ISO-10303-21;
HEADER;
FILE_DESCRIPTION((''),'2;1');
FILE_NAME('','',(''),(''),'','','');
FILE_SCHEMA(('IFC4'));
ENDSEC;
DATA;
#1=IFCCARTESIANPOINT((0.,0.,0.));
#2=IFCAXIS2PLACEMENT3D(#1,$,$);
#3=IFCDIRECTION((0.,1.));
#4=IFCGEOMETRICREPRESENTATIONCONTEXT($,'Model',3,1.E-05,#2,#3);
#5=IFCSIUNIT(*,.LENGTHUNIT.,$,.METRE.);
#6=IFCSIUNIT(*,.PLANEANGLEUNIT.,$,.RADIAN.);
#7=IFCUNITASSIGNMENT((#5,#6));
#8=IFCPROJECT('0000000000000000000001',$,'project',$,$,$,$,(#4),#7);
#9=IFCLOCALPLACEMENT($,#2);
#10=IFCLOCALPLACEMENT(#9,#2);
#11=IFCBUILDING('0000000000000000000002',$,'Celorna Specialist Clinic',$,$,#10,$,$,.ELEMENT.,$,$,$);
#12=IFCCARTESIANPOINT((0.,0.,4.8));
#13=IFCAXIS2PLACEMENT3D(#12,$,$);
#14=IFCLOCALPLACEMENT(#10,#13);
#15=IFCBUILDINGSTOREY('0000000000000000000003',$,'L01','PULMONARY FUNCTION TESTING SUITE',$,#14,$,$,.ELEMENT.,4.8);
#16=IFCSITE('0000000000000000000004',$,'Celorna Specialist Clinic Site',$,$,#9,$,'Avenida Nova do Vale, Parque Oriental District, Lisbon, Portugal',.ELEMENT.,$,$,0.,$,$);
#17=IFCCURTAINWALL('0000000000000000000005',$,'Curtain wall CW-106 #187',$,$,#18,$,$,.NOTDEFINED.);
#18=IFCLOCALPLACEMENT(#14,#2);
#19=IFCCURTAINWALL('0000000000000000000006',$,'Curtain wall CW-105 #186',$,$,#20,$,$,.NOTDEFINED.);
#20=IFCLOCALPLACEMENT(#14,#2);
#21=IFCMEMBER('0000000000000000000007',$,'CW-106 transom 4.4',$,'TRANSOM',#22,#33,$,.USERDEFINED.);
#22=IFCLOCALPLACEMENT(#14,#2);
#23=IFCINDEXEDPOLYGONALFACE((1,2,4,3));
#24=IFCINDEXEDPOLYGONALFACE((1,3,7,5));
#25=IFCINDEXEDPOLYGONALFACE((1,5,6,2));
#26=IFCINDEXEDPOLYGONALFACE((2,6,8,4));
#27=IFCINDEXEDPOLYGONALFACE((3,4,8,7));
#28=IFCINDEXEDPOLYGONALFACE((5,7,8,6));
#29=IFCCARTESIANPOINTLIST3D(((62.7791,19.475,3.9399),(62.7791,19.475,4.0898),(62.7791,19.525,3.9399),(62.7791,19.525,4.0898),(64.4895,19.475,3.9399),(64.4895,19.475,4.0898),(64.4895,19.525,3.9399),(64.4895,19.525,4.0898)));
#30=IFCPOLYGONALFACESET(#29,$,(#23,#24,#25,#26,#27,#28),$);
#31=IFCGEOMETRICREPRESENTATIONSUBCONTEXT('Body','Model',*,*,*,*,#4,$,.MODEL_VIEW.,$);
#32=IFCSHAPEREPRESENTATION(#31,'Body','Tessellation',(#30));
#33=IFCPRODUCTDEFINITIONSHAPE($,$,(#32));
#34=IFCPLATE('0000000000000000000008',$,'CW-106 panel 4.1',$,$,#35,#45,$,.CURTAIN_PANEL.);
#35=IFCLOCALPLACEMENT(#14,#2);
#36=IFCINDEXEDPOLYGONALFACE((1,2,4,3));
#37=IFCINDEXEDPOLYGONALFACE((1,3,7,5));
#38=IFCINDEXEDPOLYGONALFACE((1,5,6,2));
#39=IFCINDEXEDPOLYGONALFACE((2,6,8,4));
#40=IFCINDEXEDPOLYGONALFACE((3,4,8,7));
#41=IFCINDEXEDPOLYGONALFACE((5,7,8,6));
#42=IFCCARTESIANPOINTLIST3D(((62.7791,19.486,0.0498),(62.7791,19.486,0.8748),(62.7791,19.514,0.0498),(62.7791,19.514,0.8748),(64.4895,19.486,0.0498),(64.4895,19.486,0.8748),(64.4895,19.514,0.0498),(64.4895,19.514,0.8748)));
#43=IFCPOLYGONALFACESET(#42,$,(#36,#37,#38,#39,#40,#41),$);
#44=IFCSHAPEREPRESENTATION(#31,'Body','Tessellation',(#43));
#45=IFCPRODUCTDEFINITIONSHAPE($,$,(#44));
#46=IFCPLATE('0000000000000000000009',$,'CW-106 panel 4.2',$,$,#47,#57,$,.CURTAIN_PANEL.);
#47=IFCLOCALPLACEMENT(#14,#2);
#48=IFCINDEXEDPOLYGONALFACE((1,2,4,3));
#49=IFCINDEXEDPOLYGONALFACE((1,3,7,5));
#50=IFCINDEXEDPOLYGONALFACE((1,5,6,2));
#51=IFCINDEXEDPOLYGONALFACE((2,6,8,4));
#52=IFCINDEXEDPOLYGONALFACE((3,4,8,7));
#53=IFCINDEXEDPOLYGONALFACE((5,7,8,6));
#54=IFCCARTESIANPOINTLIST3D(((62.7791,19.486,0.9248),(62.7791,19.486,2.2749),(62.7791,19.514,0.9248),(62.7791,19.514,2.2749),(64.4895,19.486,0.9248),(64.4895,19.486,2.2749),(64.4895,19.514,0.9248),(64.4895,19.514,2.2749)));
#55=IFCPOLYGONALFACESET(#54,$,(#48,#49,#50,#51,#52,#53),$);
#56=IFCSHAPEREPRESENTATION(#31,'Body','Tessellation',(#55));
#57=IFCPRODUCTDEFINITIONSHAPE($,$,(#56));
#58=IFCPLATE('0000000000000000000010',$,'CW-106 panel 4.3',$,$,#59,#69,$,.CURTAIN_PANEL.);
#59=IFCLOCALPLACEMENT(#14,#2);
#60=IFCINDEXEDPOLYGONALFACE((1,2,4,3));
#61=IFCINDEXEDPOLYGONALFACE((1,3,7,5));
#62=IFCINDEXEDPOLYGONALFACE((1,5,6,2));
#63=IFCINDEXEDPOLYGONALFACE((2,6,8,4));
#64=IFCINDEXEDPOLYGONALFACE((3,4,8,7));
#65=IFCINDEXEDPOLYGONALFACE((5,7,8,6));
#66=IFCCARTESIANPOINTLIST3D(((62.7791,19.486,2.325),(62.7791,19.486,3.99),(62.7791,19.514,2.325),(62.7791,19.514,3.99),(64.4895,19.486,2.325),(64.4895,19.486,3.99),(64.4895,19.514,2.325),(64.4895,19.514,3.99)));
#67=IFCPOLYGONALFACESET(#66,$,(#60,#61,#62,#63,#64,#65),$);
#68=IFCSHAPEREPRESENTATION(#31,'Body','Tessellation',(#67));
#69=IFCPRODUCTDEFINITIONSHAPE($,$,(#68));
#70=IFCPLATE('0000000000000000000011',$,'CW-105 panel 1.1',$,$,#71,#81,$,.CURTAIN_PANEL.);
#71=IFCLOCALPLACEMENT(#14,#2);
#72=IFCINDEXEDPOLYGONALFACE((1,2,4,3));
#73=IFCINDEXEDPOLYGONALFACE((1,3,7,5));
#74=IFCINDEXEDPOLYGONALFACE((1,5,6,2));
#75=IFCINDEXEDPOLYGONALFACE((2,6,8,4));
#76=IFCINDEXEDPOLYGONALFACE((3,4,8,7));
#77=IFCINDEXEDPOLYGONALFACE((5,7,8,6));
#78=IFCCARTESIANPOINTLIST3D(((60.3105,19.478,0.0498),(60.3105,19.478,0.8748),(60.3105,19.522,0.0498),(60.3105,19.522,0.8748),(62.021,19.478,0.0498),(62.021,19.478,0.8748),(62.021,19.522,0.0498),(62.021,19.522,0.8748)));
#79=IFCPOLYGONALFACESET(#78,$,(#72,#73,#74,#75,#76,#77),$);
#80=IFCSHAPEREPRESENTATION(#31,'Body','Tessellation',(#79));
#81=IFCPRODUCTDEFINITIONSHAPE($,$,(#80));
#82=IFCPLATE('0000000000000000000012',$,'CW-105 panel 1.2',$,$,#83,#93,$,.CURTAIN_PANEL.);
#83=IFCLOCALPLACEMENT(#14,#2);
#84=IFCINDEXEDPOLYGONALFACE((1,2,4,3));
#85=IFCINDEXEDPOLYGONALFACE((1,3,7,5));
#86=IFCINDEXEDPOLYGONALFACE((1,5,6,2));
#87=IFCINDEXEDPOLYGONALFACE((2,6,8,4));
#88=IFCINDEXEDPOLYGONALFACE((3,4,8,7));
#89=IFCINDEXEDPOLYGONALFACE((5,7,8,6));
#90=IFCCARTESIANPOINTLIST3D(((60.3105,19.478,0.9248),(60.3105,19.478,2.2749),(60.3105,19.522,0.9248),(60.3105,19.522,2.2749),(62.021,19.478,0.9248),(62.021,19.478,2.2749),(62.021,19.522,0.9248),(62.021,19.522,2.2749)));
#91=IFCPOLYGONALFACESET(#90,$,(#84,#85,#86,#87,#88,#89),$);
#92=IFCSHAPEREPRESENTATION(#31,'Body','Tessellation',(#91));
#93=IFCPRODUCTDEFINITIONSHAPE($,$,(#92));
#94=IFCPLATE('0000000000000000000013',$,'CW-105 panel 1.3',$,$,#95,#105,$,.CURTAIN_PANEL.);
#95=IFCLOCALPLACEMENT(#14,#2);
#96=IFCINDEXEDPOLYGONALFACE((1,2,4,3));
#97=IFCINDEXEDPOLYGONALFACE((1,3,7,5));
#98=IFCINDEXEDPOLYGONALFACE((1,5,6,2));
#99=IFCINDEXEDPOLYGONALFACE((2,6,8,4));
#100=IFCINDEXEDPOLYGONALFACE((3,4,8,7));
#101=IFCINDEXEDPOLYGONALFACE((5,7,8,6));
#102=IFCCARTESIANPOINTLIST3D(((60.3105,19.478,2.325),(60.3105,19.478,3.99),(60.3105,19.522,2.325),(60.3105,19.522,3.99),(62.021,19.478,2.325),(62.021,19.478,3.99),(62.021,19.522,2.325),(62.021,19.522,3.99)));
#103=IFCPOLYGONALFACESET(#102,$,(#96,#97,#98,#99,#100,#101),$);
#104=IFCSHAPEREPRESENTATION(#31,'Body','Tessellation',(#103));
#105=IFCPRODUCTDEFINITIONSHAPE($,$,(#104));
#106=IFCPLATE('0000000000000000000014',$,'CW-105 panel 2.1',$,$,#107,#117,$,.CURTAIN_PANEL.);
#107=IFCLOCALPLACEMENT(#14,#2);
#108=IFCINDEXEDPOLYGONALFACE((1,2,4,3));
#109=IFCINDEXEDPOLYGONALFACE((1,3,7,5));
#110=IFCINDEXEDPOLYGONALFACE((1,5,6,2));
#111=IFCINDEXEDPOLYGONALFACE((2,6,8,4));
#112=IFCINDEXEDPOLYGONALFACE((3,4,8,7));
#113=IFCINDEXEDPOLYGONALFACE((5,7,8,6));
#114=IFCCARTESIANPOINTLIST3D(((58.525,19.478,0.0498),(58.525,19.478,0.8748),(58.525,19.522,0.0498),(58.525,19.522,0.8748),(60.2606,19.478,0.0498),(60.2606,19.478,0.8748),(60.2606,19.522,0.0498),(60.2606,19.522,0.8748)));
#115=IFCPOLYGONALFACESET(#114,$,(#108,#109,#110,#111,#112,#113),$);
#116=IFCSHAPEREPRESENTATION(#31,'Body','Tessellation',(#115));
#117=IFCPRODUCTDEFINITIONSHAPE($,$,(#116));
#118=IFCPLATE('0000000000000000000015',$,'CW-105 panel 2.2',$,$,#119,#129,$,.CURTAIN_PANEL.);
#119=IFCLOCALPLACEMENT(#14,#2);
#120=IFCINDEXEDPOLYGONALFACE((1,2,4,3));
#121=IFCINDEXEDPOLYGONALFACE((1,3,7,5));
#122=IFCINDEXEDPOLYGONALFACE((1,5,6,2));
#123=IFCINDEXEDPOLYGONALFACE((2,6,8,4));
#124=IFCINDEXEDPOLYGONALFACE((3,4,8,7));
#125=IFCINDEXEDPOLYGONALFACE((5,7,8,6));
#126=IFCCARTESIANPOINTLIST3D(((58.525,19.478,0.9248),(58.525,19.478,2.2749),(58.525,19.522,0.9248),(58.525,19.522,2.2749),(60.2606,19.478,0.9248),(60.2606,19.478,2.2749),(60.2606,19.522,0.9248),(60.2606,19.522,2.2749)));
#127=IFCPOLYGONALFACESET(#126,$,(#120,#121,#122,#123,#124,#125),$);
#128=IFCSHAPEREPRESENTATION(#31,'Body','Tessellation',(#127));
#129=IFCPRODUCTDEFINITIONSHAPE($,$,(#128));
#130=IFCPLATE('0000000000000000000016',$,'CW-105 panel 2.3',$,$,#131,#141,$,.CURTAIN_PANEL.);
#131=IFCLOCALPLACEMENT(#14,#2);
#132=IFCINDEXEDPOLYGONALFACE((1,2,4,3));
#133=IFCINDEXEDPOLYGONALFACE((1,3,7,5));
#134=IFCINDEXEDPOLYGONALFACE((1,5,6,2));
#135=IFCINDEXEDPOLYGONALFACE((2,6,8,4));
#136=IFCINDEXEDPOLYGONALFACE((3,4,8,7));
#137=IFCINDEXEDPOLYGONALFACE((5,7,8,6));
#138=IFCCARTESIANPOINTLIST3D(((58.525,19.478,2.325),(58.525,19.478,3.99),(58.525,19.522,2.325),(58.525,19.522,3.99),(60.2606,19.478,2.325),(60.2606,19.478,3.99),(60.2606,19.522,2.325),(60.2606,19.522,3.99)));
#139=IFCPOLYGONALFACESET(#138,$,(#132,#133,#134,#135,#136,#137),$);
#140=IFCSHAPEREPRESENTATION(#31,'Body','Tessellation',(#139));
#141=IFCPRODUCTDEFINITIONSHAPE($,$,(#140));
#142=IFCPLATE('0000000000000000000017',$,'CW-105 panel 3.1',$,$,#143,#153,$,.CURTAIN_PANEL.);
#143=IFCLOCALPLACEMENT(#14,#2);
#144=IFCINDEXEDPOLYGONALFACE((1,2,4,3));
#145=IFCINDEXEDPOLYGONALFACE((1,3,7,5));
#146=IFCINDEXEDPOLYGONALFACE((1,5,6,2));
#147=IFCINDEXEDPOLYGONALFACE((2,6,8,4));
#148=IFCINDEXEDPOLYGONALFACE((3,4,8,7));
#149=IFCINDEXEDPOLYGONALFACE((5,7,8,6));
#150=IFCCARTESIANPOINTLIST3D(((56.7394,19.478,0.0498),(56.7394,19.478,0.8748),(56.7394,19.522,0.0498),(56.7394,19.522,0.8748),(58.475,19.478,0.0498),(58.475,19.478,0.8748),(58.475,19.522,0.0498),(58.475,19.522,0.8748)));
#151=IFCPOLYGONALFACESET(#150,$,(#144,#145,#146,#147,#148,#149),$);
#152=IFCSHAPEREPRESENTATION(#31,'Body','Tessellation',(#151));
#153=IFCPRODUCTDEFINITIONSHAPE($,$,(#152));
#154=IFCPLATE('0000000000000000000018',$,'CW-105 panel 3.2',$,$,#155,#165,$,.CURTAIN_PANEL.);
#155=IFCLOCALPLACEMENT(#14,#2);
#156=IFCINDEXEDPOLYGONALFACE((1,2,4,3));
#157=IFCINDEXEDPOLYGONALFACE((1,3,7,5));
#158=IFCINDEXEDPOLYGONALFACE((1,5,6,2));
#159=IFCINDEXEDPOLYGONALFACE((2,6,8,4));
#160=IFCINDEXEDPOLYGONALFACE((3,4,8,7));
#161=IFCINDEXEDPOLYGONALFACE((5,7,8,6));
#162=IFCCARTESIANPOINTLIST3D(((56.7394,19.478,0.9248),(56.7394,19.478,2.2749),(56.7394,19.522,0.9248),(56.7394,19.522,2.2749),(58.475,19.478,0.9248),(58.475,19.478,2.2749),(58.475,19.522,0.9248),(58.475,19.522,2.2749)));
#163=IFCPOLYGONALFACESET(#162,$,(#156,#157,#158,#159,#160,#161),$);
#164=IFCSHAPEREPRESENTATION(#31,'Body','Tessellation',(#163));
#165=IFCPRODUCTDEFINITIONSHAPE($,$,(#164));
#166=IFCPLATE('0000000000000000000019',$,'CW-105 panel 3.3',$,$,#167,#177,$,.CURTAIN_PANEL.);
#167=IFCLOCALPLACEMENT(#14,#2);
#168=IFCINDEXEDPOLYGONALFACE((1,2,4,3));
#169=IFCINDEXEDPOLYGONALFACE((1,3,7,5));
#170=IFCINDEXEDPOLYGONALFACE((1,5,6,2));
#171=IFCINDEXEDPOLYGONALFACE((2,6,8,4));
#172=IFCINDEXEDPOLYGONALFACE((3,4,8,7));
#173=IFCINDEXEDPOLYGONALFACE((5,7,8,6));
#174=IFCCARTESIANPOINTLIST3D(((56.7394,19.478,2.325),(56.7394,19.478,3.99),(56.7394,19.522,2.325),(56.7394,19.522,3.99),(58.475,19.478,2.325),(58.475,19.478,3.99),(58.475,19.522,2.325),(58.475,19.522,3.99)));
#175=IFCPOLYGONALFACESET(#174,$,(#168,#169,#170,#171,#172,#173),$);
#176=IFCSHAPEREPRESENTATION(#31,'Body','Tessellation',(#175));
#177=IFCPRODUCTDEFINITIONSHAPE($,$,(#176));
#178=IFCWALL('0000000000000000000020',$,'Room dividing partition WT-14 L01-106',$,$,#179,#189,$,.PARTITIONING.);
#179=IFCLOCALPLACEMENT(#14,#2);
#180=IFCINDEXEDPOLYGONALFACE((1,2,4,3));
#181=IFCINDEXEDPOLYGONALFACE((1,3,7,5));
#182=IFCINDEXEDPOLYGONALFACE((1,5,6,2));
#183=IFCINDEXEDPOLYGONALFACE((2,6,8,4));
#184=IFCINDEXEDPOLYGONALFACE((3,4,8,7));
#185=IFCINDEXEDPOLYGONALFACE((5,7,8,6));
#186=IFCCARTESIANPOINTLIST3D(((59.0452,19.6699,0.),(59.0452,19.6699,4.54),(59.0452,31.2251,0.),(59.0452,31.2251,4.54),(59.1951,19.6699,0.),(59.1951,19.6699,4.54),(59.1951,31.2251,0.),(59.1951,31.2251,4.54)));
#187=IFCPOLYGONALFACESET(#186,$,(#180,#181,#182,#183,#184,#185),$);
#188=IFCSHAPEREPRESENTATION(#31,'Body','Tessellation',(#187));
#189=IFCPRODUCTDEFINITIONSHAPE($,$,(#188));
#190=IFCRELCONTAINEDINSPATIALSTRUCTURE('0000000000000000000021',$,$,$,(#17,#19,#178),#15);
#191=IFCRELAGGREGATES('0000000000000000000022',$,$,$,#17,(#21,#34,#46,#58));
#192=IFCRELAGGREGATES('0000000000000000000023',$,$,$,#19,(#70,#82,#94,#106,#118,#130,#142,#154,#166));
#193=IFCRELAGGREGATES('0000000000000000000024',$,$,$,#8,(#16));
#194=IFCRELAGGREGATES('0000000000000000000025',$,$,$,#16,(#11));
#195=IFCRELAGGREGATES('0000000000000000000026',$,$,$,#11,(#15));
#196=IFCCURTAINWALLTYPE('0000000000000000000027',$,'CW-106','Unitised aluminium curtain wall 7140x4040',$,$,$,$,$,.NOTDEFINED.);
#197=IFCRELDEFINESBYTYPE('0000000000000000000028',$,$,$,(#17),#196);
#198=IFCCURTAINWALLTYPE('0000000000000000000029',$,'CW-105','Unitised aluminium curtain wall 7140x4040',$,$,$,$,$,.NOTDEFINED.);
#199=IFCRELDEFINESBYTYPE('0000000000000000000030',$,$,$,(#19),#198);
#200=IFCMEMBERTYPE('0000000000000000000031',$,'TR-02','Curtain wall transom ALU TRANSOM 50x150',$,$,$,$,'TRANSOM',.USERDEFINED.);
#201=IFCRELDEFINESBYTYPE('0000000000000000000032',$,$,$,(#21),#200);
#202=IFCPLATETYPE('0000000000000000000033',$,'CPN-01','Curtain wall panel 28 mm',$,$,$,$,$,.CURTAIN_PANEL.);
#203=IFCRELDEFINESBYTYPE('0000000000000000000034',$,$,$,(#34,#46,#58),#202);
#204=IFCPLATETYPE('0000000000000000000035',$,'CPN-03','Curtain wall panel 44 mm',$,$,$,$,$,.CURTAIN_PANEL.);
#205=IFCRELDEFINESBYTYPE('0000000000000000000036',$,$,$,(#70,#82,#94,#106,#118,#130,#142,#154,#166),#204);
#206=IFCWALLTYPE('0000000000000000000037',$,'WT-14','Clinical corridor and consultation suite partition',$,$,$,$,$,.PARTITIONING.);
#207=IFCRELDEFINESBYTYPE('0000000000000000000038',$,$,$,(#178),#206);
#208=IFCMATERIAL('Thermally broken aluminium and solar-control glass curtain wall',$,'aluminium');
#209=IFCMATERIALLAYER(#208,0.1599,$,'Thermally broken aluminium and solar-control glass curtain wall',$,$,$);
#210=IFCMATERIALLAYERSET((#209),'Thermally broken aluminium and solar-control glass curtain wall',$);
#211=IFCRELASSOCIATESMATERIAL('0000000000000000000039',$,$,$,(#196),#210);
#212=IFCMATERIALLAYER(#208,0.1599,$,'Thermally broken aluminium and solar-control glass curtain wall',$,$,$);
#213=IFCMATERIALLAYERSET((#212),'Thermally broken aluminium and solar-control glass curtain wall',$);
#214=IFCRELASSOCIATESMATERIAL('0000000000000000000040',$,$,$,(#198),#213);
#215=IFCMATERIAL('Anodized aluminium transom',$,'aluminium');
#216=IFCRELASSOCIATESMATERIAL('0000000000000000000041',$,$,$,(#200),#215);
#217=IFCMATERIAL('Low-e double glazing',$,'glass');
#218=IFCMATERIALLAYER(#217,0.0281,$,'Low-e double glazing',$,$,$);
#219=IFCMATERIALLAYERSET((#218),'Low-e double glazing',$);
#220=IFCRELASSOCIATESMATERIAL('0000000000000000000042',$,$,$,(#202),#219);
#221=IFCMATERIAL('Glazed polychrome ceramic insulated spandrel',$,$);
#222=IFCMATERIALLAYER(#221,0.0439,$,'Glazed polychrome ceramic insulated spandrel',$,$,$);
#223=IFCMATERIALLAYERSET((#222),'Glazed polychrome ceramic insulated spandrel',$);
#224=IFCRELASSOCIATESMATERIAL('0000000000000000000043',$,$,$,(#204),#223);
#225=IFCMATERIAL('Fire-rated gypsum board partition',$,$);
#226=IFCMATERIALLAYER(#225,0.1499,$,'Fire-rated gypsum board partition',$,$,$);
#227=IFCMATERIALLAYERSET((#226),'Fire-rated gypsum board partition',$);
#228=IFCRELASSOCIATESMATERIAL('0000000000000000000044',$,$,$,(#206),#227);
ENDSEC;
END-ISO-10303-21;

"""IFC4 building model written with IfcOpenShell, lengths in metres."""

from ifc_helpers import new_model, si_unit, direction, frame, frame_2d, origin, origin_2d, place, context, subcontext, project, spatial, rectangle, extrude, material, layer, layer_set, material_profile, profile_set, type_object, element, aggregate, save


model = new_model("IFC4")

# Units and contexts
model_context = context("Model", 3, precision=1e-05, world=origin(), true_north=direction((0.0, 1.0)))
body_context = subcontext(model_context, "Body", "Model", "MODEL_VIEW")
ifc_project = project(units=[si_unit("LENGTHUNIT", "METRE"), si_unit("PLANEANGLEUNIT", "RADIAN")], contexts=[model_context])

# Site, building, storey
site_placement = place(None, origin())
site = spatial("IfcSite", under=ifc_project, at=site_placement, Name="Celorna Specialist Clinic Site", LongName="Avenida Nova do Vale, Parque Oriental District, Lisbon, Portugal", CompositionType="ELEMENT", RefElevation=0.0)
building_placement = place(site_placement, origin())
building = spatial("IfcBuilding", under=site, at=building_placement, Name="Celorna Specialist Clinic", CompositionType="ELEMENT")
storey_placement = place(building_placement, frame((0.0, 0.0, 4.8)))
storey = spatial("IfcBuildingStorey", under=building, at=storey_placement, Name="L01", Description="PULMONARY FUNCTION TESTING SUITE", CompositionType="ELEMENT", Elevation=4.8)

# Curtain wall
ifc_material_1 = material(Name="Thermally broken aluminium and solar-control glass curtain wall", Category="aluminium")
ifc_layer_1 = layer(ifc_material_1, 0.1599, Name="Thermally broken aluminium and solar-control glass curtain wall")
ifc_layer_set_1 = layer_set([ifc_layer_1], Name="Thermally broken aluminium and solar-control glass curtain wall")
curtain_wall_type_1 = type_object("IfcCurtainWallType", Name="CW-106", Description="Unitised aluminium curtain wall 7140x4040", PredefinedType="NOTDEFINED", material=ifc_layer_set_1)
curtain_wall_1_placement = place(storey_placement, origin())
curtain_wall_1 = element("IfcCurtainWall", 1, at=curtain_wall_1_placement, inside=storey, type_object=curtain_wall_type_1, Name="Curtain wall CW-106 #187", PredefinedType="NOTDEFINED")

# Curtain wall
ifc_layer_2 = layer(ifc_material_1, 0.1599, Name="Thermally broken aluminium and solar-control glass curtain wall")
ifc_layer_set_2 = layer_set([ifc_layer_2], Name="Thermally broken aluminium and solar-control glass curtain wall")
curtain_wall_type_2 = type_object("IfcCurtainWallType", Name="CW-105", Description="Unitised aluminium curtain wall 7140x4040", PredefinedType="NOTDEFINED", material=ifc_layer_set_2)
curtain_wall_2_placement = place(storey_placement, origin())
curtain_wall_2 = element("IfcCurtainWall", 2, at=curtain_wall_2_placement, inside=storey, type_object=curtain_wall_type_2, Name="Curtain wall CW-105 #186", PredefinedType="NOTDEFINED")
ifc_material_2 = material(Name="Anodized aluminium transom", Category="aluminium")

# Member
ifc_material_profile_1 = material_profile(ifc_material_2, rectangle(XDim=0.05, YDim=0.1499, at=origin_2d()), Name="ALU TRANSOM 50x150")
ifc_profile_set_1 = profile_set([ifc_material_profile_1], Name="Anodized aluminium transom")
member_type_1 = type_object("IfcMemberType", Name="TR-02", Description="Curtain wall transom ALU TRANSOM 50x150", ElementType="TRANSOM", PredefinedType="USERDEFINED", material=ifc_profile_set_1)
member_1_placement = place(storey_placement, frame((64.4895, 19.5, 4.0149), z_axis=(-1.0, 0.0, 0.0), x_axis=(0.0, -1.0, 0.0)))
member_1 = element("IfcMember", 3, at=member_1_placement, type_object=member_type_1, Name="CW-106 transom 4.4", ObjectType="TRANSOM", PredefinedType="USERDEFINED", context=body_context, shape_type="SweptSolid", body=[
    extrude(rectangle(XDim=0.05, YDim=0.1499, at=origin_2d()), origin(), (0.0, 0.0, 1.0), 1.7104),
])

# Plates
ifc_material_3 = material(Name="Low-e double glazing", Category="glass")
ifc_layer_3 = layer(ifc_material_3, 0.0281, Name="Low-e double glazing")
ifc_layer_set_3 = layer_set([ifc_layer_3], Name="Low-e double glazing")
plate_type_1 = type_object("IfcPlateType", Name="CPN-01", Description="Curtain wall panel 28 mm", PredefinedType="CURTAIN_PANEL", material=ifc_layer_set_3)
plate_1_placement = place(storey_placement, frame((63.6343, 19.5, 0.0498), z_axis=(0.0, 0.0, 1.0), x_axis=(-1.0, 0.0, 0.0)))
plate_1 = element("IfcPlate", 4, at=plate_1_placement, type_object=plate_type_1, Name="CW-106 panel 4.1", PredefinedType="CURTAIN_PANEL", context=body_context, shape_type="SweptSolid", body=[
    extrude(rectangle(XDim=1.7104, YDim=0.0281, at=origin_2d()), origin(), (0.0, 0.0, 1.0), 0.825),
])
plate_2_placement = place(storey_placement, frame((63.6343, 19.5, 0.9248), z_axis=(0.0, 0.0, 1.0), x_axis=(-1.0, 0.0, 0.0)))
plate_2 = element("IfcPlate", 5, at=plate_2_placement, type_object=plate_type_1, Name="CW-106 panel 4.2", PredefinedType="CURTAIN_PANEL", context=body_context, shape_type="SweptSolid", body=[
    extrude(rectangle(XDim=1.7104, YDim=0.0281, at=origin_2d()), origin(), (0.0, 0.0, 1.0), 1.3501),
])
plate_3_placement = place(storey_placement, frame((63.6343, 19.5, 2.325), z_axis=(0.0, 0.0, 1.0), x_axis=(-1.0, 0.0, 0.0)))
plate_3 = element("IfcPlate", 6, at=plate_3_placement, type_object=plate_type_1, Name="CW-106 panel 4.3", PredefinedType="CURTAIN_PANEL", context=body_context, shape_type="SweptSolid", body=[
    extrude(rectangle(XDim=1.7104, YDim=0.0281, at=origin_2d()), origin(), (0.0, 0.0, 1.0), 1.665),
])
aggregate(curtain_wall_1, [member_1, plate_1, plate_2, plate_3])
ifc_material_4 = material(Name="Glazed polychrome ceramic insulated spandrel")
ifc_layer_4 = layer(ifc_material_4, 0.0439, Name="Glazed polychrome ceramic insulated spandrel")
ifc_layer_set_4 = layer_set([ifc_layer_4], Name="Glazed polychrome ceramic insulated spandrel")
plate_type_2 = type_object("IfcPlateType", Name="CPN-03", Description="Curtain wall panel 44 mm", PredefinedType="CURTAIN_PANEL", material=ifc_layer_set_4)
plate_4_placement = place(storey_placement, frame((61.1658, 19.5, 0.0498), z_axis=(0.0, 0.0, 1.0), x_axis=(-1.0, 0.0, 0.0)))
plate_4 = element("IfcPlate", 7, at=plate_4_placement, type_object=plate_type_2, Name="CW-105 panel 1.1", PredefinedType="CURTAIN_PANEL", context=body_context, shape_type="SweptSolid", body=[
    extrude(rectangle(XDim=1.7104, YDim=0.0439, at=origin_2d()), origin(), (0.0, 0.0, 1.0), 0.825),
])
plate_5_placement = place(storey_placement, frame((61.1658, 19.5, 0.9248), z_axis=(0.0, 0.0, 1.0), x_axis=(-1.0, 0.0, 0.0)))
plate_5 = element("IfcPlate", 8, at=plate_5_placement, type_object=plate_type_2, Name="CW-105 panel 1.2", PredefinedType="CURTAIN_PANEL", context=body_context, shape_type="SweptSolid", body=[
    extrude(rectangle(XDim=1.7104, YDim=0.0439, at=origin_2d()), origin(), (0.0, 0.0, 1.0), 1.3501),
])
plate_6_placement = place(storey_placement, frame((61.1658, 19.5, 2.325), z_axis=(0.0, 0.0, 1.0), x_axis=(-1.0, 0.0, 0.0)))
plate_6 = element("IfcPlate", 9, at=plate_6_placement, type_object=plate_type_2, Name="CW-105 panel 1.3", PredefinedType="CURTAIN_PANEL", context=body_context, shape_type="SweptSolid", body=[
    extrude(rectangle(XDim=1.7104, YDim=0.0439, at=origin_2d()), origin(), (0.0, 0.0, 1.0), 1.665),
])
plate_7_placement = place(storey_placement, frame((59.3928, 19.5, 0.0498), z_axis=(0.0, 0.0, 1.0), x_axis=(-1.0, 0.0, 0.0)))
plate_7 = element("IfcPlate", 10, at=plate_7_placement, type_object=plate_type_2, Name="CW-105 panel 2.1", PredefinedType="CURTAIN_PANEL", context=body_context, shape_type="SweptSolid", body=[
    extrude(rectangle(XDim=1.7356, YDim=0.0439, at=origin_2d()), origin(), (0.0, 0.0, 1.0), 0.825),
])
plate_8_placement = place(storey_placement, frame((59.3928, 19.5, 0.9248), z_axis=(0.0, 0.0, 1.0), x_axis=(-1.0, 0.0, 0.0)))
plate_8 = element("IfcPlate", 11, at=plate_8_placement, type_object=plate_type_2, Name="CW-105 panel 2.2", PredefinedType="CURTAIN_PANEL", context=body_context, shape_type="SweptSolid", body=[
    extrude(rectangle(XDim=1.7356, YDim=0.0439, at=origin_2d()), origin(), (0.0, 0.0, 1.0), 1.3501),
])
plate_9_placement = place(storey_placement, frame((59.3928, 19.5, 2.325), z_axis=(0.0, 0.0, 1.0), x_axis=(-1.0, 0.0, 0.0)))
plate_9 = element("IfcPlate", 12, at=plate_9_placement, type_object=plate_type_2, Name="CW-105 panel 2.3", PredefinedType="CURTAIN_PANEL", context=body_context, shape_type="SweptSolid", body=[
    extrude(rectangle(XDim=1.7356, YDim=0.0439, at=origin_2d()), origin(), (0.0, 0.0, 1.0), 1.665),
])
plate_10_placement = place(storey_placement, frame((57.6072, 19.5, 0.0498), z_axis=(0.0, 0.0, 1.0), x_axis=(-1.0, 0.0, 0.0)))
plate_10 = element("IfcPlate", 13, at=plate_10_placement, type_object=plate_type_2, Name="CW-105 panel 3.1", PredefinedType="CURTAIN_PANEL", context=body_context, shape_type="SweptSolid", body=[
    extrude(rectangle(XDim=1.7356, YDim=0.0439, at=origin_2d()), origin(), (0.0, 0.0, 1.0), 0.825),
])
plate_11_placement = place(storey_placement, frame((57.6072, 19.5, 0.9248), z_axis=(0.0, 0.0, 1.0), x_axis=(-1.0, 0.0, 0.0)))
plate_11 = element("IfcPlate", 14, at=plate_11_placement, type_object=plate_type_2, Name="CW-105 panel 3.2", PredefinedType="CURTAIN_PANEL", context=body_context, shape_type="SweptSolid", body=[
    extrude(rectangle(XDim=1.7356, YDim=0.0439, at=origin_2d()), origin(), (0.0, 0.0, 1.0), 1.3501),
])
plate_12_placement = place(storey_placement, frame((57.6072, 19.5, 2.325), z_axis=(0.0, 0.0, 1.0), x_axis=(-1.0, 0.0, 0.0)))
plate_12 = element("IfcPlate", 15, at=plate_12_placement, type_object=plate_type_2, Name="CW-105 panel 3.3", PredefinedType="CURTAIN_PANEL", context=body_context, shape_type="SweptSolid", body=[
    extrude(rectangle(XDim=1.7356, YDim=0.0439, at=origin_2d()), origin(), (0.0, 0.0, 1.0), 1.665),
])
aggregate(curtain_wall_2, [plate_4, plate_5, plate_6, plate_7, plate_8, plate_9, plate_10, plate_11, plate_12])

# Wall
ifc_material_5 = material(Name="Fire-rated gypsum board partition")
ifc_layer_5 = layer(ifc_material_5, 0.1499, Name="Fire-rated gypsum board partition")
ifc_layer_set_5 = layer_set([ifc_layer_5], Name="Fire-rated gypsum board partition")
wall_type = type_object("IfcWallType", Name="WT-14", Description="Clinical corridor and consultation suite partition", PredefinedType="PARTITIONING", material=ifc_layer_set_5)
wall_placement = place(storey_placement, frame((59.1201, 19.6699, 0.0), z_axis=(0.0, 0.0, 1.0), x_axis=(0.0, 1.0, 0.0)))
element("IfcWall", 16, at=wall_placement, inside=storey, type_object=wall_type, Name="Room dividing partition WT-14 L01-106", PredefinedType="PARTITIONING", context=body_context, shape_type="SweptSolid", body=[
    extrude(rectangle(XDim=11.5552, YDim=0.1499, at=frame_2d((5.7776, 0.0))), origin(), (0.0, 0.0, 1.0), 4.54),
])

save(model, "model.ifc")
